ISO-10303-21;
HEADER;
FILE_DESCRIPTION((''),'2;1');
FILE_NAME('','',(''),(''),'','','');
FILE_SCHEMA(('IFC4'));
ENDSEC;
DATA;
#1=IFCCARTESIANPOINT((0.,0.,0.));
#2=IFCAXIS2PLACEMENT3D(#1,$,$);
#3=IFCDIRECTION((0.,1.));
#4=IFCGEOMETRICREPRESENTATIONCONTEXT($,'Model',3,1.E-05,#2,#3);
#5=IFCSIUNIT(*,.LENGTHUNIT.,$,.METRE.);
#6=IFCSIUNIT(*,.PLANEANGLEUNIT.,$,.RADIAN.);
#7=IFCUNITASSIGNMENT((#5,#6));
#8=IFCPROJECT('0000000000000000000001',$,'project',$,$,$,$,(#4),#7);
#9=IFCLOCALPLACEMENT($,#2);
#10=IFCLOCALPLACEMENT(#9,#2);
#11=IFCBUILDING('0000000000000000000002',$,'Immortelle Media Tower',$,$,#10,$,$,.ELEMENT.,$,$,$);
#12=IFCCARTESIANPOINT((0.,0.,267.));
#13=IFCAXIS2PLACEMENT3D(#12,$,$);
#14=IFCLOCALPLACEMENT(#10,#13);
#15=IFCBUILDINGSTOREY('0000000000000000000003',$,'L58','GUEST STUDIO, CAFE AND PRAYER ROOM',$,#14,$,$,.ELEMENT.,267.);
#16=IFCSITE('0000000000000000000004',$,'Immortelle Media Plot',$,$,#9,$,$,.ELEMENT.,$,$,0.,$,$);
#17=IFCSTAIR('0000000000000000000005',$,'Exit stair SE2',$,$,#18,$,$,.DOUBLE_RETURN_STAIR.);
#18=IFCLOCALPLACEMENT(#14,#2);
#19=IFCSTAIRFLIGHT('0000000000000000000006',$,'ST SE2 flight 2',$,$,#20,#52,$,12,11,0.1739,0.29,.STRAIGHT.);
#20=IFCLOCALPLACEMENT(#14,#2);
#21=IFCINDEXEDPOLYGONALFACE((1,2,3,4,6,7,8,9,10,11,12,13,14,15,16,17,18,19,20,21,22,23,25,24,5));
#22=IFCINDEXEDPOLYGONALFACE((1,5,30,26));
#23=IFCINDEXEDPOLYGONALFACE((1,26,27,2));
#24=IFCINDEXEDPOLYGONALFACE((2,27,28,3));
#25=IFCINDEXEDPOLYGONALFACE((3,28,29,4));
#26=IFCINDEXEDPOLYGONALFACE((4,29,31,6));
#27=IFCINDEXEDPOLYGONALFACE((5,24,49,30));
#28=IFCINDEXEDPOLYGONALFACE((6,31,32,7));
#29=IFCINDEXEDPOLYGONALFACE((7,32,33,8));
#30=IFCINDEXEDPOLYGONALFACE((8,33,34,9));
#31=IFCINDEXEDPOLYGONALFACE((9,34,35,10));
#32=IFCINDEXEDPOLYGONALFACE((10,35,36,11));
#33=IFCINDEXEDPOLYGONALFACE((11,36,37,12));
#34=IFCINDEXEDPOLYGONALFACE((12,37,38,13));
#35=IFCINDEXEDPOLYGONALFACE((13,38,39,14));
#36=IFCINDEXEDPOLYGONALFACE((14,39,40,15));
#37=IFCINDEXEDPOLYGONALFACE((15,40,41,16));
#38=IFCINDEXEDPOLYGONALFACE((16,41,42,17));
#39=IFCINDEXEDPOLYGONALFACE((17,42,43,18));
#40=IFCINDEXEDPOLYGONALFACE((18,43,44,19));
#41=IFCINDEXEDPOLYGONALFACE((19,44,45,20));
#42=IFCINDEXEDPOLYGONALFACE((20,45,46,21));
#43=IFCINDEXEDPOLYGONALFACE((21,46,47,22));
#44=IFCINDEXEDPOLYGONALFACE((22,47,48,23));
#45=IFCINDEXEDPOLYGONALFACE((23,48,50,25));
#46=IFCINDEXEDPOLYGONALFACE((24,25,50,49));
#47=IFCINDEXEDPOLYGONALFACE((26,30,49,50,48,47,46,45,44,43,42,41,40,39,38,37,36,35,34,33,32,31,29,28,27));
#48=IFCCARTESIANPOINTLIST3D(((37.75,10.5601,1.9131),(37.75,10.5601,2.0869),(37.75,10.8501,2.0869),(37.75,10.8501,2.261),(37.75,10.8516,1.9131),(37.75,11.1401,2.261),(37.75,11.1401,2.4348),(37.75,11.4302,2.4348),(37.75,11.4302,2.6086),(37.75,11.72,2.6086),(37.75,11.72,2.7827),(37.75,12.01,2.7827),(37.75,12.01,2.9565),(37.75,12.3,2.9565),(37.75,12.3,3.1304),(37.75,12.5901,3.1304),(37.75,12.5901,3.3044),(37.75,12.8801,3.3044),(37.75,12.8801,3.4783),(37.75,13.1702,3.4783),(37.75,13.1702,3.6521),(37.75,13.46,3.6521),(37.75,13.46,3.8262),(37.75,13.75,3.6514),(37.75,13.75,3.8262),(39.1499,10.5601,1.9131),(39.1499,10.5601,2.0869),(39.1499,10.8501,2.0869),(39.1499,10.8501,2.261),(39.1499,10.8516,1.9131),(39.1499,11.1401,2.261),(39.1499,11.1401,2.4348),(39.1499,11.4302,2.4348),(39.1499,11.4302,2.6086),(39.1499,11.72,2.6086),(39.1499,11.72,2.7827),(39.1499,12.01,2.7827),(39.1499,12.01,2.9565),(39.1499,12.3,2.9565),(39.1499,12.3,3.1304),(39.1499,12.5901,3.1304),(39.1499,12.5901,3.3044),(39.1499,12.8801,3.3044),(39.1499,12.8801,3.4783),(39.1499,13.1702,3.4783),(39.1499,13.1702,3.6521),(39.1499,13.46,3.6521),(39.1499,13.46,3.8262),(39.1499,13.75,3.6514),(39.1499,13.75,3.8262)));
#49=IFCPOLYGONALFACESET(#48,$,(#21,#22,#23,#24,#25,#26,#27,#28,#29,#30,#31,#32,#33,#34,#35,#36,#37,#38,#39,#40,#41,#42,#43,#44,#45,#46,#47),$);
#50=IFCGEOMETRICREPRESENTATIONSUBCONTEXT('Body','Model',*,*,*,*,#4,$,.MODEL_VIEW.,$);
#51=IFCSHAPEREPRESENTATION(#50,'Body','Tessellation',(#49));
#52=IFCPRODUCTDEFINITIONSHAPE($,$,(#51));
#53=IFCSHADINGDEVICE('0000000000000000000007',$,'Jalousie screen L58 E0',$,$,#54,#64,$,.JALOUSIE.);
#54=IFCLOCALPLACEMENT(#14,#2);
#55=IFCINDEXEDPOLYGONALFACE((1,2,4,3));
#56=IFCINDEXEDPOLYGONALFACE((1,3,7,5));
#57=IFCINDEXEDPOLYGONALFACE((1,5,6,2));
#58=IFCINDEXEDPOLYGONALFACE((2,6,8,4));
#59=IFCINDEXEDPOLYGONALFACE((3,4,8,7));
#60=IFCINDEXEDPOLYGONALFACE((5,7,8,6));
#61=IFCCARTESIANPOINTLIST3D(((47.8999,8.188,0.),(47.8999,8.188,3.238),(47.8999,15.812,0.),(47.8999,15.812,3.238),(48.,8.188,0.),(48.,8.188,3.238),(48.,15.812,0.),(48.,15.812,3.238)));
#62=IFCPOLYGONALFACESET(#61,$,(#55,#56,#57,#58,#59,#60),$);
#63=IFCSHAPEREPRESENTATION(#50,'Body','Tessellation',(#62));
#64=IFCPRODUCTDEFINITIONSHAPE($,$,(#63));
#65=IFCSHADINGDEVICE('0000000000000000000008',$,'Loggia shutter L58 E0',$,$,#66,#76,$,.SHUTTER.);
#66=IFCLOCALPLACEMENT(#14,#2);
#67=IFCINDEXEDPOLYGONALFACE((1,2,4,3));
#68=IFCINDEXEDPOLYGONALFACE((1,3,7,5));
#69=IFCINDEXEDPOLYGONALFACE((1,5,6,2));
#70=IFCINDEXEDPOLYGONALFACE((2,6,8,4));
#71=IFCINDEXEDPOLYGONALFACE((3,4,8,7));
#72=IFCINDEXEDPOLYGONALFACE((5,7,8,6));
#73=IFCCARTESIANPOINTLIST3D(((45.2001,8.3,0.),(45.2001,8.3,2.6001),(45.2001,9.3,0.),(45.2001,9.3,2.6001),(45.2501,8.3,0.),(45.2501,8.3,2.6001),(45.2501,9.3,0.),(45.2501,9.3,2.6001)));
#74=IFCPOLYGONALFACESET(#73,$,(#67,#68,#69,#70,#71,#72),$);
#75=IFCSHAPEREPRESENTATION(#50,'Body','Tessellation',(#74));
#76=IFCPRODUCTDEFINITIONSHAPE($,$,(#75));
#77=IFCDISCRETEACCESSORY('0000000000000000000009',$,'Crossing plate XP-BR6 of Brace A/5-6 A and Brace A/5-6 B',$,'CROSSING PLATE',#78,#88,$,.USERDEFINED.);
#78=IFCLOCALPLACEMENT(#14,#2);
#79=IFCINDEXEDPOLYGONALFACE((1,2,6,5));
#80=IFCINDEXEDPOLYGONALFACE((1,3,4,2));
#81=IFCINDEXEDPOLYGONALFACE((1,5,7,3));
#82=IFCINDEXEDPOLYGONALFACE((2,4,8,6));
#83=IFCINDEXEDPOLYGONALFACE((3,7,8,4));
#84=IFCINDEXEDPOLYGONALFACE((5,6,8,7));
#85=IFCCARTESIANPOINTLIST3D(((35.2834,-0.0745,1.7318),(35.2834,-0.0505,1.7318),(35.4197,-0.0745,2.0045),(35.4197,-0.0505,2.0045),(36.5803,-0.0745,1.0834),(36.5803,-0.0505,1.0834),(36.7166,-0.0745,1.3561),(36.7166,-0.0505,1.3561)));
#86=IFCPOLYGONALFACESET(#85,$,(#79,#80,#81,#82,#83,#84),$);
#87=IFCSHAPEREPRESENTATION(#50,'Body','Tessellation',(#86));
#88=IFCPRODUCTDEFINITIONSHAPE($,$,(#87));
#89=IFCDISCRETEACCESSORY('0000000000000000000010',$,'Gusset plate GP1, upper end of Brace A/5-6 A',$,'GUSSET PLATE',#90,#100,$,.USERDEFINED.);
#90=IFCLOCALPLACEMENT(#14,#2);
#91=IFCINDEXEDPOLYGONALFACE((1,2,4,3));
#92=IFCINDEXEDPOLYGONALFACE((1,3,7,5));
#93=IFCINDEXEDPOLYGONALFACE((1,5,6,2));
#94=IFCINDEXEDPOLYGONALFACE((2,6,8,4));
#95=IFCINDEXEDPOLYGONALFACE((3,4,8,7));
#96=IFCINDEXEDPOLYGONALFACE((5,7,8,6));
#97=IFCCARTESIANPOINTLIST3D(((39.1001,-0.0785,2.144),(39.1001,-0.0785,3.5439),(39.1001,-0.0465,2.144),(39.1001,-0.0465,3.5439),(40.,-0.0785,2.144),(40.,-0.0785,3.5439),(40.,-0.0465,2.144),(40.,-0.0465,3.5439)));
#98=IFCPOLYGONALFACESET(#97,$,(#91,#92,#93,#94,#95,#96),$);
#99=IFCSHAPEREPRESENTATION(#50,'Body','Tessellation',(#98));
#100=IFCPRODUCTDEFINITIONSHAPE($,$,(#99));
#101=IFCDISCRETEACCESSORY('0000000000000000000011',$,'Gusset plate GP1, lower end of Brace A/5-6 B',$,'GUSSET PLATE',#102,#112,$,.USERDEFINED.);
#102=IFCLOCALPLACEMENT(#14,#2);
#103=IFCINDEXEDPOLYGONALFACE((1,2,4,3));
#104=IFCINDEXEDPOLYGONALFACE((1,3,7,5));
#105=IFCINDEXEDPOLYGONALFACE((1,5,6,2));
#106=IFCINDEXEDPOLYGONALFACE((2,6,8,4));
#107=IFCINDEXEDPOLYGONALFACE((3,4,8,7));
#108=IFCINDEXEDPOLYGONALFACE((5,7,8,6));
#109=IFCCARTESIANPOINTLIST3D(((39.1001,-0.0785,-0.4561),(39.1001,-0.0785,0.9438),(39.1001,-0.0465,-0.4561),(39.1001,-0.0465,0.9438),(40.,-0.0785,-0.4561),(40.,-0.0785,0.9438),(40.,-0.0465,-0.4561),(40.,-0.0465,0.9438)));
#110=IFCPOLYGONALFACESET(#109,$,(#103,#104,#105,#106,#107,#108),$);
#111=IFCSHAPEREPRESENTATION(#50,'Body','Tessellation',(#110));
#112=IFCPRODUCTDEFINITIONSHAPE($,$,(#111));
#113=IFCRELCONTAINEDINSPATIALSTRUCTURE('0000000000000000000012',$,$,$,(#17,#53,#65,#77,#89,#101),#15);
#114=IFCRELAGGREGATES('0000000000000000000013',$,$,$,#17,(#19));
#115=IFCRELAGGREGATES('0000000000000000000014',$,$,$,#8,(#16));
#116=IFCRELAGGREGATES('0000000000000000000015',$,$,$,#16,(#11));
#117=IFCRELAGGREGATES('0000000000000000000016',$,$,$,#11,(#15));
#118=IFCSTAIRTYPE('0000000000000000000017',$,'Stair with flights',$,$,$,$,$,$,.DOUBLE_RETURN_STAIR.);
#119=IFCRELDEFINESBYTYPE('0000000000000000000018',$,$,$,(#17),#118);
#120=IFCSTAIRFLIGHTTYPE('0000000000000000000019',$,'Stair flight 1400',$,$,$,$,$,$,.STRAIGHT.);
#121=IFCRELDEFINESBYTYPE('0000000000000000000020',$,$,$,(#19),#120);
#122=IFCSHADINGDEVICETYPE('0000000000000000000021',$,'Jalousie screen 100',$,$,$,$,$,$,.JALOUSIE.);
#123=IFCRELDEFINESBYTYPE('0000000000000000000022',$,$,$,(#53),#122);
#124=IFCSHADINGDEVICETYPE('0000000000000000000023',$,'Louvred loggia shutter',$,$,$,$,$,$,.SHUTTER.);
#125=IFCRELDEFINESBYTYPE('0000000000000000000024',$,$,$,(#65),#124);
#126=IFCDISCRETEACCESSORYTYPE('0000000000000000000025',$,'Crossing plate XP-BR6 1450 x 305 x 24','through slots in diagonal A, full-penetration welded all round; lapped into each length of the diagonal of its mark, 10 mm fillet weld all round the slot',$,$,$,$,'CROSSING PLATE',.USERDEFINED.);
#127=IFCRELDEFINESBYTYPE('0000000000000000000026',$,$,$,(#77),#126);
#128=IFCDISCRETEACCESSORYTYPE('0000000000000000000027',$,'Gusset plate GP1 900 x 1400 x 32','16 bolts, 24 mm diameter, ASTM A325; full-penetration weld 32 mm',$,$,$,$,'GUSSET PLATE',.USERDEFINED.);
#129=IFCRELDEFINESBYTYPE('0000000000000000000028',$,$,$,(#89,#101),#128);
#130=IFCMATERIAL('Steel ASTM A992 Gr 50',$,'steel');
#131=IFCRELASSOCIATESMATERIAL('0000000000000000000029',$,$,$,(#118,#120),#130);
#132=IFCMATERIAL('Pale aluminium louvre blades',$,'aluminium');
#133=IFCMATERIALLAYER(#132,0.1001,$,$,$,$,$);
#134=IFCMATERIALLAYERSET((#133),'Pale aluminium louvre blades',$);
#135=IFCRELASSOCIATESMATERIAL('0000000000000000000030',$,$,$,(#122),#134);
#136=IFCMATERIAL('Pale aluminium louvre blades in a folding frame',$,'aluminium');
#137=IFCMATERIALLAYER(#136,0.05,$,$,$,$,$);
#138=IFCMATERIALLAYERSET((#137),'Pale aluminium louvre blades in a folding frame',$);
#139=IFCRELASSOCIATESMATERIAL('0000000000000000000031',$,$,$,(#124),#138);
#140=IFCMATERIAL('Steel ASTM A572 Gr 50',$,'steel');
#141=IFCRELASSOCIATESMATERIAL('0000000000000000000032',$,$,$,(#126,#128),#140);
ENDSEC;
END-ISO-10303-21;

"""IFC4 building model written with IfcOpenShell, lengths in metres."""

from ifc_helpers import new_model, si_unit, direction, frame, origin, origin_2d, place, context, subcontext, project, spatial, polyline, rectangle, outline, extrude, material, layer, layer_set, material_profile, profile_set, type_object, element, aggregate, save


model = new_model("IFC4")

# Units and contexts
model_context = context("Model", 3, precision=1e-05, world=origin(), true_north=direction((0.0, 1.0)))
body_context = subcontext(model_context, "Body", "Model", "MODEL_VIEW")
ifc_project = project(units=[si_unit("LENGTHUNIT", "METRE"), si_unit("PLANEANGLEUNIT", "RADIAN")], contexts=[model_context])

# Site, building, storey
site_placement = place(None, origin())
site = spatial("IfcSite", under=ifc_project, at=site_placement, Name="Immortelle Media Plot", CompositionType="ELEMENT", RefElevation=0.0)
building_placement = place(site_placement, origin())
building = spatial("IfcBuilding", under=site, at=building_placement, Name="Immortelle Media Tower", CompositionType="ELEMENT")
storey_placement = place(building_placement, frame((0.0, 0.0, 267.0)))
storey = spatial("IfcBuildingStorey", under=building, at=storey_placement, Name="L58", Description="GUEST STUDIO, CAFE AND PRAYER ROOM", CompositionType="ELEMENT", Elevation=267.0)

# Shared definitions
ifc_material_1 = material(Name="Steel ASTM A992 Gr 50", Category="steel")

# Shared definitions
stair_type = type_object("IfcStairType", Name="Stair with flights", PredefinedType="DOUBLE_RETURN_STAIR", material=ifc_material_1)
stair_flight_type = type_object("IfcStairFlightType", Name="Stair flight 1400", PredefinedType="STRAIGHT", material=ifc_material_1)

# Stair, stair flight
stair_1_placement = place(storey_placement, origin())
stair_1 = element("IfcStair", 1, at=stair_1_placement, inside=storey, type_object=stair_type, Name="Exit stair SE2", PredefinedType="DOUBLE_RETURN_STAIR")
stair_flight_1_placement = place(storey_placement, frame((38.45, 10.5601, 1.9131), z_axis=(0.0, 0.0, 1.0), x_axis=(0.0, 1.0, 0.0)))
stair_flight_1 = element("IfcStairFlight", 2, at=stair_flight_1_placement, type_object=stair_flight_type, Name="ST SE2 flight 2", NumberOfRisers=12, NumberOfTreads=11, PredefinedType="STRAIGHT", RiserHeight=0.1739, TreadLength=0.29, context=body_context, shape_type="SweptSolid", body=[
    extrude(outline(polyline([(0.0, 0.0), (0.0, 0.1738), (0.29, 0.1738), (0.29, 0.3479), (0.5801, 0.3479), (0.5801, 0.5217), (0.8701, 0.5217), (0.8701, 0.6956), (1.1599, 0.6956), (1.1599, 0.8696), (1.45, 0.8696), (1.45, 1.0435), (1.74, 1.0435), (1.74, 1.2173), (2.03, 1.2173), (2.03, 1.3914), (2.3201, 1.3914), (2.3201, 1.5652), (2.6101, 1.5652), (2.6101, 1.739), (2.8999, 1.739), (2.8999, 1.9131), (3.1899, 1.9131), (3.1899, 2.0869), (3.1899, 1.7383), (0.2915, 0.0), (0.0, 0.0)])), frame((0.0, 0.7, 0.0), z_axis=(0.0, -1.0, 0.0), x_axis=(1.0, 0.0, 0.0)), (0.0, 0.0, 1.0), 1.3999),
])
aggregate(stair_1, [stair_flight_1])

# Shading devices
ifc_material_2 = material(Name="Pale aluminium louvre blades", Category="aluminium")
ifc_layer_1 = layer(ifc_material_2, 0.1001)
ifc_layer_set_1 = layer_set([ifc_layer_1], Name="Pale aluminium louvre blades")
shading_device_type_1 = type_object("IfcShadingDeviceType", Name="Jalousie screen 100", PredefinedType="JALOUSIE", material=ifc_layer_set_1)
shading_device_1_placement = place(storey_placement, frame((47.95, 12.0, 0.0), z_axis=(0.0, 0.0, 1.0), x_axis=(0.0, 1.0, 0.0)))
element("IfcShadingDevice", 3, at=shading_device_1_placement, inside=storey, type_object=shading_device_type_1, Name="Jalousie screen L58 E0", PredefinedType="JALOUSIE", context=body_context, shape_type="SweptSolid", body=[
    extrude(rectangle(XDim=7.624, YDim=0.1001, at=origin_2d()), origin(), (0.0, 0.0, 1.0), 3.238),
])
ifc_material_3 = material(Name="Pale aluminium louvre blades in a folding frame", Category="aluminium")
ifc_layer_2 = layer(ifc_material_3, 0.05)
ifc_layer_set_2 = layer_set([ifc_layer_2], Name="Pale aluminium louvre blades in a folding frame")
shading_device_type_2 = type_object("IfcShadingDeviceType", Name="Louvred loggia shutter", PredefinedType="SHUTTER", material=ifc_layer_set_2)
shading_device_2_placement = place(storey_placement, frame((45.2251, 8.8, 0.0), z_axis=(0.0, 0.0, 1.0), x_axis=(0.0, 1.0, 0.0)))
element("IfcShadingDevice", 4, at=shading_device_2_placement, inside=storey, type_object=shading_device_type_2, Name="Loggia shutter L58 E0", PredefinedType="SHUTTER", context=body_context, shape_type="SweptSolid", body=[
    extrude(rectangle(XDim=1.0, YDim=0.05, at=origin_2d()), origin(), (0.0, 0.0, 1.0), 2.6001),
])

# Discrete accessories
ifc_material_4 = material(Name="Steel ASTM A572 Gr 50", Category="steel")
ifc_material_profile_1 = material_profile(ifc_material_4, rectangle(XDim=0.0239, YDim=0.3049, at=origin_2d()), Name="PL 24 x 305")
ifc_profile_set_1 = profile_set([ifc_material_profile_1], Name="Steel ASTM A572 Gr 50")
discrete_accessory_type_1 = type_object("IfcDiscreteAccessoryType", Name="Crossing plate XP-BR6 1450 x 305 x 24", Description="through slots in diagonal A, full-penetration welded all round; lapped into each length of the diagonal of its mark, 10 mm fillet weld all round the slot", ElementType="CROSSING PLATE", PredefinedType="USERDEFINED", material=ifc_profile_set_1)
discrete_accessory_placement = place(storey_placement, frame((35.3516, -0.0625, 1.8682), z_axis=(0.894427, 0.0, -0.447214), x_axis=(0.0, 1.0, 0.0)))
element("IfcDiscreteAccessory", 5, at=discrete_accessory_placement, inside=storey, type_object=discrete_accessory_type_1, Name="Crossing plate XP-BR6 of Brace A/5-6 A and Brace A/5-6 B", ObjectType="CROSSING PLATE", PredefinedType="USERDEFINED", context=body_context, shape_type="SweptSolid", body=[
    extrude(rectangle(XDim=0.0239, YDim=0.3049, at=origin_2d()), origin(), (0.0, 0.0, 1.0), 1.45),
])
ifc_material_profile_2 = material_profile(ifc_material_4, rectangle(XDim=0.032, YDim=1.3999, at=origin_2d()), Name="PL 32 x 1400")
ifc_profile_set_2 = profile_set([ifc_material_profile_2], Name="Steel ASTM A572 Gr 50")
discrete_accessory_type_2 = type_object("IfcDiscreteAccessoryType", Name="Gusset plate GP1 900 x 1400 x 32", Description="16 bolts, 24 mm diameter, ASTM A325; full-penetration weld 32 mm", ElementType="GUSSET PLATE", PredefinedType="USERDEFINED", material=ifc_profile_set_2)
for number, where, z_axis, x_axis, name in (
    (6, (40.0, -0.0625, 2.844), (-1.0, 0.0, 0.0), (0.0, -1.0, 0.0), "Gusset plate GP1, upper end of Brace A/5-6 A"),
    (7, (40.0, -0.0625, 0.2439), (-1.0, 0.0, 0.0), (0.0, -1.0, 0.0), "Gusset plate GP1, lower end of Brace A/5-6 B"),
):
    element("IfcDiscreteAccessory", number, at=place(storey_placement, frame(where, z_axis=z_axis, x_axis=x_axis)), inside=storey, type_object=discrete_accessory_type_2, Name=name, ObjectType="GUSSET PLATE", PredefinedType="USERDEFINED", context=body_context, shape_type="SweptSolid", body=[
        extrude(rectangle(XDim=0.032, YDim=1.3999, at=origin_2d()), origin(), (0.0, 0.0, 1.0), 0.8999),
    ])

save(model, "model.ifc")
